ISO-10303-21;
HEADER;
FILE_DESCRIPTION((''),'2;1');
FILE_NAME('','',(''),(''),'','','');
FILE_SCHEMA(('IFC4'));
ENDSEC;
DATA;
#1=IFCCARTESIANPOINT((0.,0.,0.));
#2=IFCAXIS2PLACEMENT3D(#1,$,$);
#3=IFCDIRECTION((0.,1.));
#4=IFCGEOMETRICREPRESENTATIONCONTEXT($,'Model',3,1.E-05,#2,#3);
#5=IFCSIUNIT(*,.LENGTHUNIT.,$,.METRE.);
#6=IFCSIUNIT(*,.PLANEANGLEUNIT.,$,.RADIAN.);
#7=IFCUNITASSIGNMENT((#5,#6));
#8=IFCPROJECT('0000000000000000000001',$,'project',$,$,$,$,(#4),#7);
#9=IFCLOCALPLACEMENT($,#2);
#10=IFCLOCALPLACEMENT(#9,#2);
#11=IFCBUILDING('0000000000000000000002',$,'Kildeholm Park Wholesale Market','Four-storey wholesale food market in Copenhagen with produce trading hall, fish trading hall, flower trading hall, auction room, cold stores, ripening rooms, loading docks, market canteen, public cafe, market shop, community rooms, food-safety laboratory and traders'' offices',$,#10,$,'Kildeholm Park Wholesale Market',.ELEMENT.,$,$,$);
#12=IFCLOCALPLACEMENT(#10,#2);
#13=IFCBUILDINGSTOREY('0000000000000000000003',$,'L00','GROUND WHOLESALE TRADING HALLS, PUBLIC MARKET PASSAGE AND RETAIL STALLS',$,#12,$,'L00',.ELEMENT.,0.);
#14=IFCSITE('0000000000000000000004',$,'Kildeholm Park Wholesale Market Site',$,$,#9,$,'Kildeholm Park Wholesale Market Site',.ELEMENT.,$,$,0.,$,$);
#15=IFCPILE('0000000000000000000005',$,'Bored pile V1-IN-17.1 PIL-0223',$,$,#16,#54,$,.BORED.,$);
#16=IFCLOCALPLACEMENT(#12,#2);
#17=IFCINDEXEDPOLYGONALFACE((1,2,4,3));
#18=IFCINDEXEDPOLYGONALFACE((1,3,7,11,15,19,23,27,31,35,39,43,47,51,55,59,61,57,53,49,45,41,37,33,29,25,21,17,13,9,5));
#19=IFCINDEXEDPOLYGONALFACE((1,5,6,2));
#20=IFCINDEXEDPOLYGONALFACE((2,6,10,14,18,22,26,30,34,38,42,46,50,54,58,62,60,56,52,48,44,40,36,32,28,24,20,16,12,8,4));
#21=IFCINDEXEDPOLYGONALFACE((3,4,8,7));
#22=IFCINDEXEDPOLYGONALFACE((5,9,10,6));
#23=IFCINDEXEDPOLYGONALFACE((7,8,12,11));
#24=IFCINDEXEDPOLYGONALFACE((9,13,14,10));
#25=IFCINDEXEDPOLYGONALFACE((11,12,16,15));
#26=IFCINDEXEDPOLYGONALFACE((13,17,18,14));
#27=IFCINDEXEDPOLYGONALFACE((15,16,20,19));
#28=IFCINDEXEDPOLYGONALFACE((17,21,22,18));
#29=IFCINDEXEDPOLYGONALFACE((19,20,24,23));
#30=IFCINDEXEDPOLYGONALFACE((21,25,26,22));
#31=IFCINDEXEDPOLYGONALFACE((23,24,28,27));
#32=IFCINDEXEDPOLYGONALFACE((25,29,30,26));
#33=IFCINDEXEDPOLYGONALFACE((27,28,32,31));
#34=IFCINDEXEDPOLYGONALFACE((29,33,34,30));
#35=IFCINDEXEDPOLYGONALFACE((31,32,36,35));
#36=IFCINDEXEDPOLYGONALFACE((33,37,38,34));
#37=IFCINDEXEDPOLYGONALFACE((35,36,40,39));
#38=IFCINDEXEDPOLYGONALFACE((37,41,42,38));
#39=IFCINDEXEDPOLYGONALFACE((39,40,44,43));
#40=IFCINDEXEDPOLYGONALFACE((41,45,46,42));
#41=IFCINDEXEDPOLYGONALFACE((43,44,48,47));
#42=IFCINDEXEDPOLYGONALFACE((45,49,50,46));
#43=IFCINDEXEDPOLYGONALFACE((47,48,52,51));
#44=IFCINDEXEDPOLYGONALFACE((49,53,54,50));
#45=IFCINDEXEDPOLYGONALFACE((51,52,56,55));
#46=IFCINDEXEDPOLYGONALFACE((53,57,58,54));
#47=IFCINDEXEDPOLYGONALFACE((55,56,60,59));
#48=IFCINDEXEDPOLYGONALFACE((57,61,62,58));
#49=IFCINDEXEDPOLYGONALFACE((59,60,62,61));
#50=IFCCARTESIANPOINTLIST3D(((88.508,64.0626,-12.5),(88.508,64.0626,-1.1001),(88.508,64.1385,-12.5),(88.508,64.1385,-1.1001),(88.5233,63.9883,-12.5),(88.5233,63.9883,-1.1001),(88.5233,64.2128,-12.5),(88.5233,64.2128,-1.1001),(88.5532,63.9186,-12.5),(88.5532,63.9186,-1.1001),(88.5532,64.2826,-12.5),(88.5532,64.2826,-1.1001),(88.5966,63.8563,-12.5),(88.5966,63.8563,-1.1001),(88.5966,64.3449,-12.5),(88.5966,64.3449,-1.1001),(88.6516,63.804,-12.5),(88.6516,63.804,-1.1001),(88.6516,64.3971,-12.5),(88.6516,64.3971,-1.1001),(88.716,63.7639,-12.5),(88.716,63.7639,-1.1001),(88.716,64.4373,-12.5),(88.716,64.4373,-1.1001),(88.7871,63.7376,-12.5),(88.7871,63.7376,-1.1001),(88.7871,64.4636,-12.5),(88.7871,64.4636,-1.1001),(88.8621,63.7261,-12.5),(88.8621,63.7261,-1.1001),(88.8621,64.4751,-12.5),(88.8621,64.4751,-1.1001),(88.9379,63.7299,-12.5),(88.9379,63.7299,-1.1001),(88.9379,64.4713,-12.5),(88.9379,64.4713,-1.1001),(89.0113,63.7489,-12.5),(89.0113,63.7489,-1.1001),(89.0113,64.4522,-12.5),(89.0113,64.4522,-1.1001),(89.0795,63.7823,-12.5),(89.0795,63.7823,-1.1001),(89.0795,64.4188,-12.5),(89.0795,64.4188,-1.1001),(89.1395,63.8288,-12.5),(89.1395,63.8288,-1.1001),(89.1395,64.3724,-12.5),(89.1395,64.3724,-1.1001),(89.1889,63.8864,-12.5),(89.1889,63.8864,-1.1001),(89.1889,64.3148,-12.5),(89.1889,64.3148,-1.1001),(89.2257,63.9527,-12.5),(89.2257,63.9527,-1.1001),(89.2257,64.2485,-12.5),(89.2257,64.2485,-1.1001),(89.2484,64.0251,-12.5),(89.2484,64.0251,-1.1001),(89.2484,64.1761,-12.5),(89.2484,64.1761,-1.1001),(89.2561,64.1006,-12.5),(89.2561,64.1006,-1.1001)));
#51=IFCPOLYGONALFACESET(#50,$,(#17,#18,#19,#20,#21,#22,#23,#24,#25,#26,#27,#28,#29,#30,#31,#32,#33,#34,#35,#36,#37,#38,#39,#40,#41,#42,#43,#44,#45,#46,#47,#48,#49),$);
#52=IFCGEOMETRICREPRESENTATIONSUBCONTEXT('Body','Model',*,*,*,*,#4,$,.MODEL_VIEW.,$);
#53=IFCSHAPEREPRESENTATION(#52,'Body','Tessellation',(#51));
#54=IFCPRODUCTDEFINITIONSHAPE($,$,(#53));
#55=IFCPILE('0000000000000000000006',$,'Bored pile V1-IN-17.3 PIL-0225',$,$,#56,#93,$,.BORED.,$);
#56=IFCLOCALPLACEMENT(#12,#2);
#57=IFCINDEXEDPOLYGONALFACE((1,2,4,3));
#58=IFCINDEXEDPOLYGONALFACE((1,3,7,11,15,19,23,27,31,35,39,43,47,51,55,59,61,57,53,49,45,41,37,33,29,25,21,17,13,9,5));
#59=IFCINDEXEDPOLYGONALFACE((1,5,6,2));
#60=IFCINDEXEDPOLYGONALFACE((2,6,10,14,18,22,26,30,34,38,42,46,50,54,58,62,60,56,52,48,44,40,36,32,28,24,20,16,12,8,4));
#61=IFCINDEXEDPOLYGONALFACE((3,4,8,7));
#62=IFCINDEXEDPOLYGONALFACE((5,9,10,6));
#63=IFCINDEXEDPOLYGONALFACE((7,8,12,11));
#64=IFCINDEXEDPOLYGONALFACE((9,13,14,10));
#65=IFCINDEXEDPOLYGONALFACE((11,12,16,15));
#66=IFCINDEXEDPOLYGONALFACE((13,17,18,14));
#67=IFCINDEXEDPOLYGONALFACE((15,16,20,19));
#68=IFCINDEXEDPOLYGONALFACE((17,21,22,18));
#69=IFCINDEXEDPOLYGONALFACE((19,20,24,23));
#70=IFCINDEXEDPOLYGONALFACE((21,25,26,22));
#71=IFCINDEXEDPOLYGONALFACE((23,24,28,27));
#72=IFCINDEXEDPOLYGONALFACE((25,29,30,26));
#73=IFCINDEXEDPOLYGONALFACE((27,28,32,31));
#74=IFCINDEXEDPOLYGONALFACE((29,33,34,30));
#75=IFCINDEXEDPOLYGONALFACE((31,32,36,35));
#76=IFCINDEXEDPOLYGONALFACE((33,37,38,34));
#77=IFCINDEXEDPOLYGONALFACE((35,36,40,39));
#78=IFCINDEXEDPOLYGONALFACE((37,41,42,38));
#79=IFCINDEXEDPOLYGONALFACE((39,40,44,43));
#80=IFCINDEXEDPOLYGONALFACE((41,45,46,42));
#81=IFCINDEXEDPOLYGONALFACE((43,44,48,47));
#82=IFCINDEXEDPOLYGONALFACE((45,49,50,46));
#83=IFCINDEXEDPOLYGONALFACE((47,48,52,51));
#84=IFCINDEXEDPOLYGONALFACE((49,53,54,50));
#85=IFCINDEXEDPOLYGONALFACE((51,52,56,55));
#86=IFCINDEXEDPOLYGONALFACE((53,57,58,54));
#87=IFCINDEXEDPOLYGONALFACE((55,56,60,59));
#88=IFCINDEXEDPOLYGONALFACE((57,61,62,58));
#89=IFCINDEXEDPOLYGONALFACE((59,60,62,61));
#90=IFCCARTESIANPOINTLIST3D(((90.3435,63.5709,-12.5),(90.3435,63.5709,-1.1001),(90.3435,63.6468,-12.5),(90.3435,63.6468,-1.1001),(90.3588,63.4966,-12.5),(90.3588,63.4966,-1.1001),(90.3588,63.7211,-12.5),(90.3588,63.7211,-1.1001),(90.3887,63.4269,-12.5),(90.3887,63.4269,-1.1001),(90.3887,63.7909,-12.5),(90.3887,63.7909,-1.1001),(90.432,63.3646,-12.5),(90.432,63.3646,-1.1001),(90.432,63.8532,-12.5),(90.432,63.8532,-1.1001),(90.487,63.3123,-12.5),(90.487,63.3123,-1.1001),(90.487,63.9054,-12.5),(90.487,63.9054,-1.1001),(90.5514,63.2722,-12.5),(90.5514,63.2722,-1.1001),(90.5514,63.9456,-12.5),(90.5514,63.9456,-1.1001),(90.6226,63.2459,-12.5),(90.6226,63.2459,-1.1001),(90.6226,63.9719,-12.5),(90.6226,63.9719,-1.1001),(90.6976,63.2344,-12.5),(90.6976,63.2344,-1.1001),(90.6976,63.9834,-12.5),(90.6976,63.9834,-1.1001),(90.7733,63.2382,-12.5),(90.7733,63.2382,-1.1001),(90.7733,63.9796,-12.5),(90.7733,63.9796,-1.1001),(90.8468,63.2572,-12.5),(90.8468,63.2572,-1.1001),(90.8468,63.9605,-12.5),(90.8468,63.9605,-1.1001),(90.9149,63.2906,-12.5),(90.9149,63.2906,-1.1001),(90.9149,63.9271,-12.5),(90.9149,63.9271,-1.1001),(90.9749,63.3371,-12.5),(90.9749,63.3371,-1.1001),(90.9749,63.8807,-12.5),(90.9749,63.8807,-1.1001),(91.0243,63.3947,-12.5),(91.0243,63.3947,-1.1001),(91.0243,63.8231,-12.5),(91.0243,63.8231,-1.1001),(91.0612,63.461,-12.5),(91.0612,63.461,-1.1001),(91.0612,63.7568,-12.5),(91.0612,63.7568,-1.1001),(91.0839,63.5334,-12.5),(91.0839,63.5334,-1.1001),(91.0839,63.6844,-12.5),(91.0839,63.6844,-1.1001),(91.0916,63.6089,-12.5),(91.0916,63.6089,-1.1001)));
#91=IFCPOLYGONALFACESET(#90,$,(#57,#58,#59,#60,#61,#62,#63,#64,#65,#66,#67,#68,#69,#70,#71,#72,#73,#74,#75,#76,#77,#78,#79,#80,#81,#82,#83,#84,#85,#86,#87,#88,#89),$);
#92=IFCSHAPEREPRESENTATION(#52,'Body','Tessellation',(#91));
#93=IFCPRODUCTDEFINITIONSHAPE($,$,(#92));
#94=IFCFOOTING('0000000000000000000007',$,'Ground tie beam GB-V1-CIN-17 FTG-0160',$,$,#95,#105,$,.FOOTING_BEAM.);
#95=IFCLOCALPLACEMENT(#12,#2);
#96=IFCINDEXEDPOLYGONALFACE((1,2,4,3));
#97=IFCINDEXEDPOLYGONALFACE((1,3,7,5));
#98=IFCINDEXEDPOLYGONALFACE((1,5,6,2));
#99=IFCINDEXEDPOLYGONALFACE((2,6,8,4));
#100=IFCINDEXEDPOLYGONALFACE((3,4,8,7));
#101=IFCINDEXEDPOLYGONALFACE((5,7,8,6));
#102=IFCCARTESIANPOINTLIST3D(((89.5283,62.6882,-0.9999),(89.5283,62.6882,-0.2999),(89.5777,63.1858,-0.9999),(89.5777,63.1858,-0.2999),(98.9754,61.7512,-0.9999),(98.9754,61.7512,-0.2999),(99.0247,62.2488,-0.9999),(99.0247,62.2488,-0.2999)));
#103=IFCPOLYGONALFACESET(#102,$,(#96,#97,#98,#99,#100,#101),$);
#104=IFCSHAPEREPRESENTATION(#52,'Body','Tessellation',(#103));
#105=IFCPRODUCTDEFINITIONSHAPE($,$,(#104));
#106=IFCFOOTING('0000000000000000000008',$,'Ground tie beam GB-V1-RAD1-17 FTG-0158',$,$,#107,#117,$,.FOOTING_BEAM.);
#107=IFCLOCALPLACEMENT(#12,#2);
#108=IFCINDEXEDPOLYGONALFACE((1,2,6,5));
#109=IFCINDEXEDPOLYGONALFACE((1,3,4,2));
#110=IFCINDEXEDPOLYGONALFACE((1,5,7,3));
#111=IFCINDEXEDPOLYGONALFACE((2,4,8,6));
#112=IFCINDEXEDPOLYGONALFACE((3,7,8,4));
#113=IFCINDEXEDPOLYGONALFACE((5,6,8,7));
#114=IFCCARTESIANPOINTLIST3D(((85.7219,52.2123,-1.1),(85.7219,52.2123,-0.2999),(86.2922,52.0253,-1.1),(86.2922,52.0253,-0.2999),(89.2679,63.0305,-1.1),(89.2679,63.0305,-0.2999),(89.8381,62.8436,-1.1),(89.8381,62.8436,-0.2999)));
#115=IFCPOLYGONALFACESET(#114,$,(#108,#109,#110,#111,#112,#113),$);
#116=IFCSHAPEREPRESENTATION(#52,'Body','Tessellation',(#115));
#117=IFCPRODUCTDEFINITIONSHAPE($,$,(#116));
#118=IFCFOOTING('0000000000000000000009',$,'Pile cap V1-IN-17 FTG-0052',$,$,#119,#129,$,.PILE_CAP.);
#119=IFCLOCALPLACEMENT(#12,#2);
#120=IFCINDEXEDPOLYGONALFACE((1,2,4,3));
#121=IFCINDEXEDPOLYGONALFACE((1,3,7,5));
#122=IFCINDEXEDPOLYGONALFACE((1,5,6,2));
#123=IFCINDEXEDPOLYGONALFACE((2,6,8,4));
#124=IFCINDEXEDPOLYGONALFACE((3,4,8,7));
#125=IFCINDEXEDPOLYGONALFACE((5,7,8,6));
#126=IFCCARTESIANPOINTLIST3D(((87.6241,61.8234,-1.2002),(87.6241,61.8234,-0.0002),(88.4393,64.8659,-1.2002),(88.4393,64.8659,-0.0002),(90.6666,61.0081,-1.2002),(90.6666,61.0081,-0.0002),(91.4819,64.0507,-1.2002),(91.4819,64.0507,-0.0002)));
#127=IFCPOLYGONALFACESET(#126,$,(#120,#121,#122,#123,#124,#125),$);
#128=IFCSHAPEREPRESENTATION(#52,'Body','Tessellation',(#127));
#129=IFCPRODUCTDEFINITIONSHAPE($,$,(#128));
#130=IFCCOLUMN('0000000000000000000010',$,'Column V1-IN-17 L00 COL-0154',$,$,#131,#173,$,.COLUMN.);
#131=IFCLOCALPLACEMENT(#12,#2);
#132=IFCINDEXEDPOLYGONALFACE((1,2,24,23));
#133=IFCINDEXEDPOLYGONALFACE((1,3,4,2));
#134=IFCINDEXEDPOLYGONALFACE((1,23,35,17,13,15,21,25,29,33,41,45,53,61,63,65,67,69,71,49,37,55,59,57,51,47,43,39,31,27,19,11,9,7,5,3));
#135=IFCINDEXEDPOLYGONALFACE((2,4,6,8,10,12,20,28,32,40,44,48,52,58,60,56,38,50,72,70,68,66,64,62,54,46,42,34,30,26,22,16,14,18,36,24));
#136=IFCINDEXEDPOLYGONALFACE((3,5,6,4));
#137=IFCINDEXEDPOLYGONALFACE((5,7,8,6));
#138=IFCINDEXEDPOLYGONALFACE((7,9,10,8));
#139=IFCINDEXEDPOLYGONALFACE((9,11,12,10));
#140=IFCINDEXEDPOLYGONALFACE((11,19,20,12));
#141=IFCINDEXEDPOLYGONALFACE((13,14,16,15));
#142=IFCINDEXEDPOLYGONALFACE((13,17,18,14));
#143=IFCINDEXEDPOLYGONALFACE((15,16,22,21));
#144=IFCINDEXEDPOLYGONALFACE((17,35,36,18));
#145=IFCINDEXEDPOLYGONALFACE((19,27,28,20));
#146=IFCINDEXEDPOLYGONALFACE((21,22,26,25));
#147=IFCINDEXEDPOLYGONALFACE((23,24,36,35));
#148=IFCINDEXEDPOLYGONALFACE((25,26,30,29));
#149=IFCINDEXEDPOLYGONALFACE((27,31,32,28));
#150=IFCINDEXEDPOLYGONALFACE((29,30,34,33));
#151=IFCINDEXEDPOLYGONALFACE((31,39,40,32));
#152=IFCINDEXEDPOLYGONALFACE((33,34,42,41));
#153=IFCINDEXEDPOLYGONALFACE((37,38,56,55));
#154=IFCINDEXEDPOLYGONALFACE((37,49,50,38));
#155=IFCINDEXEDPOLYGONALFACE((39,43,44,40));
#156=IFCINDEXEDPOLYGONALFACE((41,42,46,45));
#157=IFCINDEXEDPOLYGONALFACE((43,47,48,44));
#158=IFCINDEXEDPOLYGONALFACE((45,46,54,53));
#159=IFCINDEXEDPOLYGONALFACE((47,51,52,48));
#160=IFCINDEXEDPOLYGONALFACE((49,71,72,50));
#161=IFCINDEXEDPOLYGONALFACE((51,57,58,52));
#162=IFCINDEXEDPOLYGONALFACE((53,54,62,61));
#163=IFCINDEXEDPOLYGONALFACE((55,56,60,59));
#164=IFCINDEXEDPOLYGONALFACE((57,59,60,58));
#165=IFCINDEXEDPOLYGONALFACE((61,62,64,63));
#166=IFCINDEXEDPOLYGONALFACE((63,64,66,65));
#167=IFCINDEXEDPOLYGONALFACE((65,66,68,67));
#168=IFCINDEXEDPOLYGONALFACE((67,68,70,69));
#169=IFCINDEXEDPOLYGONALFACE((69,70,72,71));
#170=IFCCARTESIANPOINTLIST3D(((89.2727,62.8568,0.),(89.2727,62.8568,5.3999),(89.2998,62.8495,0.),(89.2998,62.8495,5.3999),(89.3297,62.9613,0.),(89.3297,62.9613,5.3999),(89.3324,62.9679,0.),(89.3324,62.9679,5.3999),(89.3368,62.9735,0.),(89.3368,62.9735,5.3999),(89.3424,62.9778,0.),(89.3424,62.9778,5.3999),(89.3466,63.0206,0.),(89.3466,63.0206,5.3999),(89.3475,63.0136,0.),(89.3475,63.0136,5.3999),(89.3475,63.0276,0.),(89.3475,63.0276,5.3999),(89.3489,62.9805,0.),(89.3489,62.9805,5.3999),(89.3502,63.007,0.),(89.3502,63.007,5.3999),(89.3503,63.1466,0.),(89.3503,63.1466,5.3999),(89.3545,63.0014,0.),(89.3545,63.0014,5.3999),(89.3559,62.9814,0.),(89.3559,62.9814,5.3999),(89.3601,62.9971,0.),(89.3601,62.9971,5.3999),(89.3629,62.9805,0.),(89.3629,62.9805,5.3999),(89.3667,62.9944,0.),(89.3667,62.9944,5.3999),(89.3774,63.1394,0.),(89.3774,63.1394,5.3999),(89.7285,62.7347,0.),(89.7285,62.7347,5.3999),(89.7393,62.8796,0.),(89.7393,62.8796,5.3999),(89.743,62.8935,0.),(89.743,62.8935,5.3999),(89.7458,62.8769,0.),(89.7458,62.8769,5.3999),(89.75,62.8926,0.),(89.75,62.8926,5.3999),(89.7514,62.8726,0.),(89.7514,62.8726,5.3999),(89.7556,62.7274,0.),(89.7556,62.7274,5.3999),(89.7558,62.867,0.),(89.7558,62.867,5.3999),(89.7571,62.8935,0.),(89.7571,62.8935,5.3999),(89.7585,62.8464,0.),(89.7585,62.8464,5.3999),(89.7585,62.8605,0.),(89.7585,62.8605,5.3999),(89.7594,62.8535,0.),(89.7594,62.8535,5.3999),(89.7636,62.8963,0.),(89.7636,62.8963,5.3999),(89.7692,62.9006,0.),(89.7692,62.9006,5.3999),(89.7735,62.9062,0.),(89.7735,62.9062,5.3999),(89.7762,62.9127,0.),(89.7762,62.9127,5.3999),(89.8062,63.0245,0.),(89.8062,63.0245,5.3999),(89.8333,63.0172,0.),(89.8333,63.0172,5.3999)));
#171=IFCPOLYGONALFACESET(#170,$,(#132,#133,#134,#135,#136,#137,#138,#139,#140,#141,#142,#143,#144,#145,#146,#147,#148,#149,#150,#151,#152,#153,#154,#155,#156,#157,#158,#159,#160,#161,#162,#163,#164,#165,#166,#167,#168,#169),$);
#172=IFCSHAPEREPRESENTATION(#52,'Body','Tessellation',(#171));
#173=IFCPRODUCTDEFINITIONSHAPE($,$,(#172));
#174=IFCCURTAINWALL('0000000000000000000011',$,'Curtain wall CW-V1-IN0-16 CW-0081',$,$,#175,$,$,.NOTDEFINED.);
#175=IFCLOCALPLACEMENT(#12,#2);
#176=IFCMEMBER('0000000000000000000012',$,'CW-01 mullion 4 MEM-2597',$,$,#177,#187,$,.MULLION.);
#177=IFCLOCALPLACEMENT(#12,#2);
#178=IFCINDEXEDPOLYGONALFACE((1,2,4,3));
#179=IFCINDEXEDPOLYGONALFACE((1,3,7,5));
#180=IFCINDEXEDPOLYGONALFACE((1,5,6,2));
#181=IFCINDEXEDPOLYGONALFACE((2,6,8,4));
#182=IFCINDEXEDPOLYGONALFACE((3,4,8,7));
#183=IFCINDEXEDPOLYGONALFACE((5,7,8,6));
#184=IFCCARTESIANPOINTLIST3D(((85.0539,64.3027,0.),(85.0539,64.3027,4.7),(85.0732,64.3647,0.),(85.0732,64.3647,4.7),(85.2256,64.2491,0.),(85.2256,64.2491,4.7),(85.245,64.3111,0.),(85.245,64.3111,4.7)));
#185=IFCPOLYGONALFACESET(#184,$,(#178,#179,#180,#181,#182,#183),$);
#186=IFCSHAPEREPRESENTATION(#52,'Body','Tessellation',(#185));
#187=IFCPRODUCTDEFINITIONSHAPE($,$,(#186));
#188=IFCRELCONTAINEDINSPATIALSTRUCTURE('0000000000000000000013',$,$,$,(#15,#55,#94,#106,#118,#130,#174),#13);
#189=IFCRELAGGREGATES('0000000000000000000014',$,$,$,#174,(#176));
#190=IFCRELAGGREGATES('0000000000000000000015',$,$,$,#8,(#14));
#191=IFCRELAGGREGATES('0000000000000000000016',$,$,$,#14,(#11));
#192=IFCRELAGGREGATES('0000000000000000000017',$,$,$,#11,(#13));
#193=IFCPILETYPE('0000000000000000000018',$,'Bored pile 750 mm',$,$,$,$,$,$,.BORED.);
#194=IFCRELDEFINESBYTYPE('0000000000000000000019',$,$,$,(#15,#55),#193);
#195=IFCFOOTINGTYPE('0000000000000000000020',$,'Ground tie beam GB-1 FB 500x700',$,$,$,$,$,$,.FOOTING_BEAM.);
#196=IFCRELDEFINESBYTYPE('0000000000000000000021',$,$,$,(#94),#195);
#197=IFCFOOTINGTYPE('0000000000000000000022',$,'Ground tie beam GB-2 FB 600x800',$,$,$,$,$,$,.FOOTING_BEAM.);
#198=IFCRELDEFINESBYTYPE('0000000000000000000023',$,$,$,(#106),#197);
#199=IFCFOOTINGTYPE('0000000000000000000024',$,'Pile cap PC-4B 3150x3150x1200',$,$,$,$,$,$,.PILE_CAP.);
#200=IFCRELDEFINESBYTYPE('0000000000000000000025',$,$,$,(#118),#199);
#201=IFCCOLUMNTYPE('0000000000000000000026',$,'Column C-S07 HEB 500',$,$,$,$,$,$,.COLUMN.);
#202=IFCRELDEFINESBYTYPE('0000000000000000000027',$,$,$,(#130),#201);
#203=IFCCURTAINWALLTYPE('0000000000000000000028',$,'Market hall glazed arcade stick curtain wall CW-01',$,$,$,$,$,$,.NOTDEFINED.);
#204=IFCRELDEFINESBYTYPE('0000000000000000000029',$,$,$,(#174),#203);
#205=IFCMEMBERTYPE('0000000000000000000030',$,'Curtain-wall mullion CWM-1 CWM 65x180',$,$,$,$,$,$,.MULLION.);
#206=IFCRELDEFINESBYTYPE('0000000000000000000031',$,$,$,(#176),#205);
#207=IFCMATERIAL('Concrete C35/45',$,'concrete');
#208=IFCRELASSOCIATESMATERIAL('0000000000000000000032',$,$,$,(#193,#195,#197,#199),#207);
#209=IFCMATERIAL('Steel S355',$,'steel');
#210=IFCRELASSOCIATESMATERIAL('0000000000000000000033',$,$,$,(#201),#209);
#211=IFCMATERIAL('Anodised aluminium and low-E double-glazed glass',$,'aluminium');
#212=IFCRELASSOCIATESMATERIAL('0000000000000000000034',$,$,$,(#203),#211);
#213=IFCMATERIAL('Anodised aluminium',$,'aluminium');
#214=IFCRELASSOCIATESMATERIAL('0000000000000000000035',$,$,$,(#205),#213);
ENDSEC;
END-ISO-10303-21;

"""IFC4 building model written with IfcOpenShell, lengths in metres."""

from ifc_helpers import new_model, si_unit, direction, frame, origin, origin_2d, place, context, subcontext, project, spatial, rectangle, circle, i_section, extrude, material, material_profile, profile_set, type_object, element, aggregate, save


model = new_model("IFC4")

# Units and contexts
model_context = context("Model", 3, precision=1e-05, world=origin(), true_north=direction((0.0, 1.0)))
body_context = subcontext(model_context, "Body", "Model", "MODEL_VIEW")
ifc_project = project(units=[si_unit("LENGTHUNIT", "METRE"), si_unit("PLANEANGLEUNIT", "RADIAN")], contexts=[model_context])

# Site, building, storey
site_placement = place(None, origin())
site = spatial("IfcSite", under=ifc_project, at=site_placement, Name="Kildeholm Park Wholesale Market Site", LongName="Kildeholm Park Wholesale Market Site", CompositionType="ELEMENT", RefElevation=0.0)
building_placement = place(site_placement, origin())
building = spatial("IfcBuilding", under=site, at=building_placement, Name="Kildeholm Park Wholesale Market", Description="Four-storey wholesale food market in Copenhagen with produce trading hall, fish trading hall, flower trading hall, auction room, cold stores, ripening rooms, loading docks, market canteen, public cafe, market shop, community rooms, food-safety laboratory and traders' offices", LongName="Kildeholm Park Wholesale Market", CompositionType="ELEMENT")
storey_placement = place(building_placement, origin())
storey = spatial("IfcBuildingStorey", under=building, at=storey_placement, Name="L00", Description="GROUND WHOLESALE TRADING HALLS, PUBLIC MARKET PASSAGE AND RETAIL STALLS", LongName="L00", CompositionType="ELEMENT", Elevation=0.0)

# Piles
ifc_material_1 = material(Name="Concrete C35/45", Category="concrete")
ifc_material_profile_1 = material_profile(ifc_material_1, circle(Radius=0.375, at=origin_2d()), Name="PILE D750")
ifc_profile_set_1 = profile_set([ifc_material_profile_1], Name="Concrete C35/45")
pile_type = type_object("IfcPileType", Name="Bored pile 750 mm", PredefinedType="BORED", material=ifc_profile_set_1)
for number, where, z_axis, x_axis, name in (
    (1, (88.8811, 64.1006, -1.1001), (0.0, 0.0, -1.0), (1.0, 0.0, 0.0), "Bored pile V1-IN-17.1 PIL-0223"),
    (2, (90.7166, 63.6089, -1.1001), (0.0, 0.0, -1.0), (1.0, 0.0, 0.0), "Bored pile V1-IN-17.3 PIL-0225"),
):
    element("IfcPile", number, at=place(storey_placement, frame(where, z_axis=z_axis, x_axis=x_axis)), inside=storey, type_object=pile_type, Name=name, PredefinedType="BORED", context=body_context, shape_type="SweptSolid", body=[
        extrude(circle(Radius=0.375, at=origin_2d()), origin(), (0.0, 0.0, 1.0), 11.3999),
    ])

# Footings
ifc_material_profile_2 = material_profile(ifc_material_1, rectangle(XDim=0.5, YDim=0.7, at=origin_2d()), Name="FB 500x700")
ifc_profile_set_2 = profile_set([ifc_material_profile_2], Name="Concrete C35/45")
footing_type_1 = type_object("IfcFootingType", Name="Ground tie beam GB-1 FB 500x700", PredefinedType="FOOTING_BEAM", material=ifc_profile_set_2)
footing_1_placement = place(storey_placement, frame((89.553, 62.937, -0.6499), z_axis=(0.995117, -0.098702, 0.0), x_axis=(0.098702, 0.995117, 0.0)))
element("IfcFooting", 3, at=footing_1_placement, inside=storey, type_object=footing_type_1, Name="Ground tie beam GB-V1-CIN-17 FTG-0160", PredefinedType="FOOTING_BEAM", context=body_context, shape_type="SweptSolid", body=[
    extrude(rectangle(XDim=0.5, YDim=0.7, at=origin_2d()), origin(), (0.0, 0.0, 1.0), 9.4934),
])
ifc_material_profile_3 = material_profile(ifc_material_1, rectangle(XDim=0.6001, YDim=0.8, at=origin_2d()), Name="FB 600x800")
ifc_profile_set_3 = profile_set([ifc_material_profile_3], Name="Concrete C35/45")
footing_type_2 = type_object("IfcFootingType", Name="Ground tie beam GB-2 FB 600x800", PredefinedType="FOOTING_BEAM", material=ifc_profile_set_3)
footing_2_placement = place(storey_placement, frame((89.553, 62.937, -0.7), z_axis=(-0.311469, -0.950256, 0.0), x_axis=(0.950256, -0.311469, 0.0)))
element("IfcFooting", 4, at=footing_2_placement, inside=storey, type_object=footing_type_2, Name="Ground tie beam GB-V1-RAD1-17 FTG-0158", PredefinedType="FOOTING_BEAM", context=body_context, shape_type="SweptSolid", body=[
    extrude(rectangle(XDim=0.6001, YDim=0.8, at=origin_2d()), origin(), (0.0, 0.0, 1.0), 11.3845),
])
footing_type_3 = type_object("IfcFootingType", Name="Pile cap PC-4B 3150x3150x1200", PredefinedType="PILE_CAP", material=ifc_material_1)
footing_3_placement = place(storey_placement, frame((89.553, 62.937, -1.2002), z_axis=(0.0, 0.0, 1.0), x_axis=(-0.258819, -0.965926, 0.0)))
element("IfcFooting", 5, at=footing_3_placement, inside=storey, type_object=footing_type_3, Name="Pile cap V1-IN-17 FTG-0052", PredefinedType="PILE_CAP", context=body_context, shape_type="SweptSolid", body=[
    extrude(rectangle(XDim=3.1499, YDim=3.1499, at=origin_2d()), origin(), (0.0, 0.0, 1.0), 1.2),
])

# Column
ifc_material_2 = material(Name="Steel S355", Category="steel")
ifc_material_profile_4 = material_profile(ifc_material_2, i_section(OverallWidth=0.3, OverallDepth=0.5, WebThickness=0.0144, FlangeThickness=0.0281, FilletRadius=0.0271, at=origin_2d()), Name="HEB 500")
ifc_profile_set_4 = profile_set([ifc_material_profile_4], Name="Steel S355")
column_type = type_object("IfcColumnType", Name="Column C-S07 HEB 500", PredefinedType="COLUMN", material=ifc_profile_set_4)
column_placement = place(storey_placement, frame((89.553, 62.937, 0.0), z_axis=(0.0, 0.0, 1.0), x_axis=(-0.258819, -0.965926, 0.0)))
element("IfcColumn", 6, at=column_placement, inside=storey, type_object=column_type, Name="Column V1-IN-17 L00 COL-0154", PredefinedType="COLUMN", context=body_context, shape_type="SweptSolid", body=[
    extrude(i_section(OverallWidth=0.3, OverallDepth=0.5, WebThickness=0.0144, FlangeThickness=0.0281, FilletRadius=0.0271, at=origin_2d()), origin(), (0.0, 0.0, 1.0), 5.3999),
])

# Curtain wall, member
ifc_material_3 = material(Name="Anodised aluminium and low-E double-glazed glass", Category="aluminium")
curtain_wall_type = type_object("IfcCurtainWallType", Name="Market hall glazed arcade stick curtain wall CW-01", PredefinedType="NOTDEFINED", material=ifc_material_3)
curtain_wall_1_placement = place(storey_placement, origin())
curtain_wall_1 = element("IfcCurtainWall", 7, at=curtain_wall_1_placement, inside=storey, type_object=curtain_wall_type, Name="Curtain wall CW-V1-IN0-16 CW-0081", PredefinedType="NOTDEFINED")
ifc_material_4 = material(Name="Anodised aluminium", Category="aluminium")
ifc_material_profile_5 = material_profile(ifc_material_4, rectangle(XDim=0.0649, YDim=0.1799, at=origin_2d()), Name="CWM 65x180")
ifc_profile_set_5 = profile_set([ifc_material_profile_5], Name="Anodised aluminium")
member_type_1 = type_object("IfcMemberType", Name="Curtain-wall mullion CWM-1 CWM 65x180", PredefinedType="MULLION", material=ifc_profile_set_5)
member_1_placement = place(storey_placement, frame((85.1494, 64.3069, 0.0), z_axis=(0.0, 0.0, 1.0), x_axis=(0.297957, 0.954579, 0.0)))
member_1 = element("IfcMember", 8, at=member_1_placement, type_object=member_type_1, Name="CW-01 mullion 4 MEM-2597", PredefinedType="MULLION", context=body_context, shape_type="SweptSolid", body=[
    extrude(rectangle(XDim=0.0649, YDim=0.1799, at=origin_2d()), origin(), (0.0, 0.0, 1.0), 4.7),
])

aggregate(curtain_wall_1, [member_1])

save(model, "model.ifc")
